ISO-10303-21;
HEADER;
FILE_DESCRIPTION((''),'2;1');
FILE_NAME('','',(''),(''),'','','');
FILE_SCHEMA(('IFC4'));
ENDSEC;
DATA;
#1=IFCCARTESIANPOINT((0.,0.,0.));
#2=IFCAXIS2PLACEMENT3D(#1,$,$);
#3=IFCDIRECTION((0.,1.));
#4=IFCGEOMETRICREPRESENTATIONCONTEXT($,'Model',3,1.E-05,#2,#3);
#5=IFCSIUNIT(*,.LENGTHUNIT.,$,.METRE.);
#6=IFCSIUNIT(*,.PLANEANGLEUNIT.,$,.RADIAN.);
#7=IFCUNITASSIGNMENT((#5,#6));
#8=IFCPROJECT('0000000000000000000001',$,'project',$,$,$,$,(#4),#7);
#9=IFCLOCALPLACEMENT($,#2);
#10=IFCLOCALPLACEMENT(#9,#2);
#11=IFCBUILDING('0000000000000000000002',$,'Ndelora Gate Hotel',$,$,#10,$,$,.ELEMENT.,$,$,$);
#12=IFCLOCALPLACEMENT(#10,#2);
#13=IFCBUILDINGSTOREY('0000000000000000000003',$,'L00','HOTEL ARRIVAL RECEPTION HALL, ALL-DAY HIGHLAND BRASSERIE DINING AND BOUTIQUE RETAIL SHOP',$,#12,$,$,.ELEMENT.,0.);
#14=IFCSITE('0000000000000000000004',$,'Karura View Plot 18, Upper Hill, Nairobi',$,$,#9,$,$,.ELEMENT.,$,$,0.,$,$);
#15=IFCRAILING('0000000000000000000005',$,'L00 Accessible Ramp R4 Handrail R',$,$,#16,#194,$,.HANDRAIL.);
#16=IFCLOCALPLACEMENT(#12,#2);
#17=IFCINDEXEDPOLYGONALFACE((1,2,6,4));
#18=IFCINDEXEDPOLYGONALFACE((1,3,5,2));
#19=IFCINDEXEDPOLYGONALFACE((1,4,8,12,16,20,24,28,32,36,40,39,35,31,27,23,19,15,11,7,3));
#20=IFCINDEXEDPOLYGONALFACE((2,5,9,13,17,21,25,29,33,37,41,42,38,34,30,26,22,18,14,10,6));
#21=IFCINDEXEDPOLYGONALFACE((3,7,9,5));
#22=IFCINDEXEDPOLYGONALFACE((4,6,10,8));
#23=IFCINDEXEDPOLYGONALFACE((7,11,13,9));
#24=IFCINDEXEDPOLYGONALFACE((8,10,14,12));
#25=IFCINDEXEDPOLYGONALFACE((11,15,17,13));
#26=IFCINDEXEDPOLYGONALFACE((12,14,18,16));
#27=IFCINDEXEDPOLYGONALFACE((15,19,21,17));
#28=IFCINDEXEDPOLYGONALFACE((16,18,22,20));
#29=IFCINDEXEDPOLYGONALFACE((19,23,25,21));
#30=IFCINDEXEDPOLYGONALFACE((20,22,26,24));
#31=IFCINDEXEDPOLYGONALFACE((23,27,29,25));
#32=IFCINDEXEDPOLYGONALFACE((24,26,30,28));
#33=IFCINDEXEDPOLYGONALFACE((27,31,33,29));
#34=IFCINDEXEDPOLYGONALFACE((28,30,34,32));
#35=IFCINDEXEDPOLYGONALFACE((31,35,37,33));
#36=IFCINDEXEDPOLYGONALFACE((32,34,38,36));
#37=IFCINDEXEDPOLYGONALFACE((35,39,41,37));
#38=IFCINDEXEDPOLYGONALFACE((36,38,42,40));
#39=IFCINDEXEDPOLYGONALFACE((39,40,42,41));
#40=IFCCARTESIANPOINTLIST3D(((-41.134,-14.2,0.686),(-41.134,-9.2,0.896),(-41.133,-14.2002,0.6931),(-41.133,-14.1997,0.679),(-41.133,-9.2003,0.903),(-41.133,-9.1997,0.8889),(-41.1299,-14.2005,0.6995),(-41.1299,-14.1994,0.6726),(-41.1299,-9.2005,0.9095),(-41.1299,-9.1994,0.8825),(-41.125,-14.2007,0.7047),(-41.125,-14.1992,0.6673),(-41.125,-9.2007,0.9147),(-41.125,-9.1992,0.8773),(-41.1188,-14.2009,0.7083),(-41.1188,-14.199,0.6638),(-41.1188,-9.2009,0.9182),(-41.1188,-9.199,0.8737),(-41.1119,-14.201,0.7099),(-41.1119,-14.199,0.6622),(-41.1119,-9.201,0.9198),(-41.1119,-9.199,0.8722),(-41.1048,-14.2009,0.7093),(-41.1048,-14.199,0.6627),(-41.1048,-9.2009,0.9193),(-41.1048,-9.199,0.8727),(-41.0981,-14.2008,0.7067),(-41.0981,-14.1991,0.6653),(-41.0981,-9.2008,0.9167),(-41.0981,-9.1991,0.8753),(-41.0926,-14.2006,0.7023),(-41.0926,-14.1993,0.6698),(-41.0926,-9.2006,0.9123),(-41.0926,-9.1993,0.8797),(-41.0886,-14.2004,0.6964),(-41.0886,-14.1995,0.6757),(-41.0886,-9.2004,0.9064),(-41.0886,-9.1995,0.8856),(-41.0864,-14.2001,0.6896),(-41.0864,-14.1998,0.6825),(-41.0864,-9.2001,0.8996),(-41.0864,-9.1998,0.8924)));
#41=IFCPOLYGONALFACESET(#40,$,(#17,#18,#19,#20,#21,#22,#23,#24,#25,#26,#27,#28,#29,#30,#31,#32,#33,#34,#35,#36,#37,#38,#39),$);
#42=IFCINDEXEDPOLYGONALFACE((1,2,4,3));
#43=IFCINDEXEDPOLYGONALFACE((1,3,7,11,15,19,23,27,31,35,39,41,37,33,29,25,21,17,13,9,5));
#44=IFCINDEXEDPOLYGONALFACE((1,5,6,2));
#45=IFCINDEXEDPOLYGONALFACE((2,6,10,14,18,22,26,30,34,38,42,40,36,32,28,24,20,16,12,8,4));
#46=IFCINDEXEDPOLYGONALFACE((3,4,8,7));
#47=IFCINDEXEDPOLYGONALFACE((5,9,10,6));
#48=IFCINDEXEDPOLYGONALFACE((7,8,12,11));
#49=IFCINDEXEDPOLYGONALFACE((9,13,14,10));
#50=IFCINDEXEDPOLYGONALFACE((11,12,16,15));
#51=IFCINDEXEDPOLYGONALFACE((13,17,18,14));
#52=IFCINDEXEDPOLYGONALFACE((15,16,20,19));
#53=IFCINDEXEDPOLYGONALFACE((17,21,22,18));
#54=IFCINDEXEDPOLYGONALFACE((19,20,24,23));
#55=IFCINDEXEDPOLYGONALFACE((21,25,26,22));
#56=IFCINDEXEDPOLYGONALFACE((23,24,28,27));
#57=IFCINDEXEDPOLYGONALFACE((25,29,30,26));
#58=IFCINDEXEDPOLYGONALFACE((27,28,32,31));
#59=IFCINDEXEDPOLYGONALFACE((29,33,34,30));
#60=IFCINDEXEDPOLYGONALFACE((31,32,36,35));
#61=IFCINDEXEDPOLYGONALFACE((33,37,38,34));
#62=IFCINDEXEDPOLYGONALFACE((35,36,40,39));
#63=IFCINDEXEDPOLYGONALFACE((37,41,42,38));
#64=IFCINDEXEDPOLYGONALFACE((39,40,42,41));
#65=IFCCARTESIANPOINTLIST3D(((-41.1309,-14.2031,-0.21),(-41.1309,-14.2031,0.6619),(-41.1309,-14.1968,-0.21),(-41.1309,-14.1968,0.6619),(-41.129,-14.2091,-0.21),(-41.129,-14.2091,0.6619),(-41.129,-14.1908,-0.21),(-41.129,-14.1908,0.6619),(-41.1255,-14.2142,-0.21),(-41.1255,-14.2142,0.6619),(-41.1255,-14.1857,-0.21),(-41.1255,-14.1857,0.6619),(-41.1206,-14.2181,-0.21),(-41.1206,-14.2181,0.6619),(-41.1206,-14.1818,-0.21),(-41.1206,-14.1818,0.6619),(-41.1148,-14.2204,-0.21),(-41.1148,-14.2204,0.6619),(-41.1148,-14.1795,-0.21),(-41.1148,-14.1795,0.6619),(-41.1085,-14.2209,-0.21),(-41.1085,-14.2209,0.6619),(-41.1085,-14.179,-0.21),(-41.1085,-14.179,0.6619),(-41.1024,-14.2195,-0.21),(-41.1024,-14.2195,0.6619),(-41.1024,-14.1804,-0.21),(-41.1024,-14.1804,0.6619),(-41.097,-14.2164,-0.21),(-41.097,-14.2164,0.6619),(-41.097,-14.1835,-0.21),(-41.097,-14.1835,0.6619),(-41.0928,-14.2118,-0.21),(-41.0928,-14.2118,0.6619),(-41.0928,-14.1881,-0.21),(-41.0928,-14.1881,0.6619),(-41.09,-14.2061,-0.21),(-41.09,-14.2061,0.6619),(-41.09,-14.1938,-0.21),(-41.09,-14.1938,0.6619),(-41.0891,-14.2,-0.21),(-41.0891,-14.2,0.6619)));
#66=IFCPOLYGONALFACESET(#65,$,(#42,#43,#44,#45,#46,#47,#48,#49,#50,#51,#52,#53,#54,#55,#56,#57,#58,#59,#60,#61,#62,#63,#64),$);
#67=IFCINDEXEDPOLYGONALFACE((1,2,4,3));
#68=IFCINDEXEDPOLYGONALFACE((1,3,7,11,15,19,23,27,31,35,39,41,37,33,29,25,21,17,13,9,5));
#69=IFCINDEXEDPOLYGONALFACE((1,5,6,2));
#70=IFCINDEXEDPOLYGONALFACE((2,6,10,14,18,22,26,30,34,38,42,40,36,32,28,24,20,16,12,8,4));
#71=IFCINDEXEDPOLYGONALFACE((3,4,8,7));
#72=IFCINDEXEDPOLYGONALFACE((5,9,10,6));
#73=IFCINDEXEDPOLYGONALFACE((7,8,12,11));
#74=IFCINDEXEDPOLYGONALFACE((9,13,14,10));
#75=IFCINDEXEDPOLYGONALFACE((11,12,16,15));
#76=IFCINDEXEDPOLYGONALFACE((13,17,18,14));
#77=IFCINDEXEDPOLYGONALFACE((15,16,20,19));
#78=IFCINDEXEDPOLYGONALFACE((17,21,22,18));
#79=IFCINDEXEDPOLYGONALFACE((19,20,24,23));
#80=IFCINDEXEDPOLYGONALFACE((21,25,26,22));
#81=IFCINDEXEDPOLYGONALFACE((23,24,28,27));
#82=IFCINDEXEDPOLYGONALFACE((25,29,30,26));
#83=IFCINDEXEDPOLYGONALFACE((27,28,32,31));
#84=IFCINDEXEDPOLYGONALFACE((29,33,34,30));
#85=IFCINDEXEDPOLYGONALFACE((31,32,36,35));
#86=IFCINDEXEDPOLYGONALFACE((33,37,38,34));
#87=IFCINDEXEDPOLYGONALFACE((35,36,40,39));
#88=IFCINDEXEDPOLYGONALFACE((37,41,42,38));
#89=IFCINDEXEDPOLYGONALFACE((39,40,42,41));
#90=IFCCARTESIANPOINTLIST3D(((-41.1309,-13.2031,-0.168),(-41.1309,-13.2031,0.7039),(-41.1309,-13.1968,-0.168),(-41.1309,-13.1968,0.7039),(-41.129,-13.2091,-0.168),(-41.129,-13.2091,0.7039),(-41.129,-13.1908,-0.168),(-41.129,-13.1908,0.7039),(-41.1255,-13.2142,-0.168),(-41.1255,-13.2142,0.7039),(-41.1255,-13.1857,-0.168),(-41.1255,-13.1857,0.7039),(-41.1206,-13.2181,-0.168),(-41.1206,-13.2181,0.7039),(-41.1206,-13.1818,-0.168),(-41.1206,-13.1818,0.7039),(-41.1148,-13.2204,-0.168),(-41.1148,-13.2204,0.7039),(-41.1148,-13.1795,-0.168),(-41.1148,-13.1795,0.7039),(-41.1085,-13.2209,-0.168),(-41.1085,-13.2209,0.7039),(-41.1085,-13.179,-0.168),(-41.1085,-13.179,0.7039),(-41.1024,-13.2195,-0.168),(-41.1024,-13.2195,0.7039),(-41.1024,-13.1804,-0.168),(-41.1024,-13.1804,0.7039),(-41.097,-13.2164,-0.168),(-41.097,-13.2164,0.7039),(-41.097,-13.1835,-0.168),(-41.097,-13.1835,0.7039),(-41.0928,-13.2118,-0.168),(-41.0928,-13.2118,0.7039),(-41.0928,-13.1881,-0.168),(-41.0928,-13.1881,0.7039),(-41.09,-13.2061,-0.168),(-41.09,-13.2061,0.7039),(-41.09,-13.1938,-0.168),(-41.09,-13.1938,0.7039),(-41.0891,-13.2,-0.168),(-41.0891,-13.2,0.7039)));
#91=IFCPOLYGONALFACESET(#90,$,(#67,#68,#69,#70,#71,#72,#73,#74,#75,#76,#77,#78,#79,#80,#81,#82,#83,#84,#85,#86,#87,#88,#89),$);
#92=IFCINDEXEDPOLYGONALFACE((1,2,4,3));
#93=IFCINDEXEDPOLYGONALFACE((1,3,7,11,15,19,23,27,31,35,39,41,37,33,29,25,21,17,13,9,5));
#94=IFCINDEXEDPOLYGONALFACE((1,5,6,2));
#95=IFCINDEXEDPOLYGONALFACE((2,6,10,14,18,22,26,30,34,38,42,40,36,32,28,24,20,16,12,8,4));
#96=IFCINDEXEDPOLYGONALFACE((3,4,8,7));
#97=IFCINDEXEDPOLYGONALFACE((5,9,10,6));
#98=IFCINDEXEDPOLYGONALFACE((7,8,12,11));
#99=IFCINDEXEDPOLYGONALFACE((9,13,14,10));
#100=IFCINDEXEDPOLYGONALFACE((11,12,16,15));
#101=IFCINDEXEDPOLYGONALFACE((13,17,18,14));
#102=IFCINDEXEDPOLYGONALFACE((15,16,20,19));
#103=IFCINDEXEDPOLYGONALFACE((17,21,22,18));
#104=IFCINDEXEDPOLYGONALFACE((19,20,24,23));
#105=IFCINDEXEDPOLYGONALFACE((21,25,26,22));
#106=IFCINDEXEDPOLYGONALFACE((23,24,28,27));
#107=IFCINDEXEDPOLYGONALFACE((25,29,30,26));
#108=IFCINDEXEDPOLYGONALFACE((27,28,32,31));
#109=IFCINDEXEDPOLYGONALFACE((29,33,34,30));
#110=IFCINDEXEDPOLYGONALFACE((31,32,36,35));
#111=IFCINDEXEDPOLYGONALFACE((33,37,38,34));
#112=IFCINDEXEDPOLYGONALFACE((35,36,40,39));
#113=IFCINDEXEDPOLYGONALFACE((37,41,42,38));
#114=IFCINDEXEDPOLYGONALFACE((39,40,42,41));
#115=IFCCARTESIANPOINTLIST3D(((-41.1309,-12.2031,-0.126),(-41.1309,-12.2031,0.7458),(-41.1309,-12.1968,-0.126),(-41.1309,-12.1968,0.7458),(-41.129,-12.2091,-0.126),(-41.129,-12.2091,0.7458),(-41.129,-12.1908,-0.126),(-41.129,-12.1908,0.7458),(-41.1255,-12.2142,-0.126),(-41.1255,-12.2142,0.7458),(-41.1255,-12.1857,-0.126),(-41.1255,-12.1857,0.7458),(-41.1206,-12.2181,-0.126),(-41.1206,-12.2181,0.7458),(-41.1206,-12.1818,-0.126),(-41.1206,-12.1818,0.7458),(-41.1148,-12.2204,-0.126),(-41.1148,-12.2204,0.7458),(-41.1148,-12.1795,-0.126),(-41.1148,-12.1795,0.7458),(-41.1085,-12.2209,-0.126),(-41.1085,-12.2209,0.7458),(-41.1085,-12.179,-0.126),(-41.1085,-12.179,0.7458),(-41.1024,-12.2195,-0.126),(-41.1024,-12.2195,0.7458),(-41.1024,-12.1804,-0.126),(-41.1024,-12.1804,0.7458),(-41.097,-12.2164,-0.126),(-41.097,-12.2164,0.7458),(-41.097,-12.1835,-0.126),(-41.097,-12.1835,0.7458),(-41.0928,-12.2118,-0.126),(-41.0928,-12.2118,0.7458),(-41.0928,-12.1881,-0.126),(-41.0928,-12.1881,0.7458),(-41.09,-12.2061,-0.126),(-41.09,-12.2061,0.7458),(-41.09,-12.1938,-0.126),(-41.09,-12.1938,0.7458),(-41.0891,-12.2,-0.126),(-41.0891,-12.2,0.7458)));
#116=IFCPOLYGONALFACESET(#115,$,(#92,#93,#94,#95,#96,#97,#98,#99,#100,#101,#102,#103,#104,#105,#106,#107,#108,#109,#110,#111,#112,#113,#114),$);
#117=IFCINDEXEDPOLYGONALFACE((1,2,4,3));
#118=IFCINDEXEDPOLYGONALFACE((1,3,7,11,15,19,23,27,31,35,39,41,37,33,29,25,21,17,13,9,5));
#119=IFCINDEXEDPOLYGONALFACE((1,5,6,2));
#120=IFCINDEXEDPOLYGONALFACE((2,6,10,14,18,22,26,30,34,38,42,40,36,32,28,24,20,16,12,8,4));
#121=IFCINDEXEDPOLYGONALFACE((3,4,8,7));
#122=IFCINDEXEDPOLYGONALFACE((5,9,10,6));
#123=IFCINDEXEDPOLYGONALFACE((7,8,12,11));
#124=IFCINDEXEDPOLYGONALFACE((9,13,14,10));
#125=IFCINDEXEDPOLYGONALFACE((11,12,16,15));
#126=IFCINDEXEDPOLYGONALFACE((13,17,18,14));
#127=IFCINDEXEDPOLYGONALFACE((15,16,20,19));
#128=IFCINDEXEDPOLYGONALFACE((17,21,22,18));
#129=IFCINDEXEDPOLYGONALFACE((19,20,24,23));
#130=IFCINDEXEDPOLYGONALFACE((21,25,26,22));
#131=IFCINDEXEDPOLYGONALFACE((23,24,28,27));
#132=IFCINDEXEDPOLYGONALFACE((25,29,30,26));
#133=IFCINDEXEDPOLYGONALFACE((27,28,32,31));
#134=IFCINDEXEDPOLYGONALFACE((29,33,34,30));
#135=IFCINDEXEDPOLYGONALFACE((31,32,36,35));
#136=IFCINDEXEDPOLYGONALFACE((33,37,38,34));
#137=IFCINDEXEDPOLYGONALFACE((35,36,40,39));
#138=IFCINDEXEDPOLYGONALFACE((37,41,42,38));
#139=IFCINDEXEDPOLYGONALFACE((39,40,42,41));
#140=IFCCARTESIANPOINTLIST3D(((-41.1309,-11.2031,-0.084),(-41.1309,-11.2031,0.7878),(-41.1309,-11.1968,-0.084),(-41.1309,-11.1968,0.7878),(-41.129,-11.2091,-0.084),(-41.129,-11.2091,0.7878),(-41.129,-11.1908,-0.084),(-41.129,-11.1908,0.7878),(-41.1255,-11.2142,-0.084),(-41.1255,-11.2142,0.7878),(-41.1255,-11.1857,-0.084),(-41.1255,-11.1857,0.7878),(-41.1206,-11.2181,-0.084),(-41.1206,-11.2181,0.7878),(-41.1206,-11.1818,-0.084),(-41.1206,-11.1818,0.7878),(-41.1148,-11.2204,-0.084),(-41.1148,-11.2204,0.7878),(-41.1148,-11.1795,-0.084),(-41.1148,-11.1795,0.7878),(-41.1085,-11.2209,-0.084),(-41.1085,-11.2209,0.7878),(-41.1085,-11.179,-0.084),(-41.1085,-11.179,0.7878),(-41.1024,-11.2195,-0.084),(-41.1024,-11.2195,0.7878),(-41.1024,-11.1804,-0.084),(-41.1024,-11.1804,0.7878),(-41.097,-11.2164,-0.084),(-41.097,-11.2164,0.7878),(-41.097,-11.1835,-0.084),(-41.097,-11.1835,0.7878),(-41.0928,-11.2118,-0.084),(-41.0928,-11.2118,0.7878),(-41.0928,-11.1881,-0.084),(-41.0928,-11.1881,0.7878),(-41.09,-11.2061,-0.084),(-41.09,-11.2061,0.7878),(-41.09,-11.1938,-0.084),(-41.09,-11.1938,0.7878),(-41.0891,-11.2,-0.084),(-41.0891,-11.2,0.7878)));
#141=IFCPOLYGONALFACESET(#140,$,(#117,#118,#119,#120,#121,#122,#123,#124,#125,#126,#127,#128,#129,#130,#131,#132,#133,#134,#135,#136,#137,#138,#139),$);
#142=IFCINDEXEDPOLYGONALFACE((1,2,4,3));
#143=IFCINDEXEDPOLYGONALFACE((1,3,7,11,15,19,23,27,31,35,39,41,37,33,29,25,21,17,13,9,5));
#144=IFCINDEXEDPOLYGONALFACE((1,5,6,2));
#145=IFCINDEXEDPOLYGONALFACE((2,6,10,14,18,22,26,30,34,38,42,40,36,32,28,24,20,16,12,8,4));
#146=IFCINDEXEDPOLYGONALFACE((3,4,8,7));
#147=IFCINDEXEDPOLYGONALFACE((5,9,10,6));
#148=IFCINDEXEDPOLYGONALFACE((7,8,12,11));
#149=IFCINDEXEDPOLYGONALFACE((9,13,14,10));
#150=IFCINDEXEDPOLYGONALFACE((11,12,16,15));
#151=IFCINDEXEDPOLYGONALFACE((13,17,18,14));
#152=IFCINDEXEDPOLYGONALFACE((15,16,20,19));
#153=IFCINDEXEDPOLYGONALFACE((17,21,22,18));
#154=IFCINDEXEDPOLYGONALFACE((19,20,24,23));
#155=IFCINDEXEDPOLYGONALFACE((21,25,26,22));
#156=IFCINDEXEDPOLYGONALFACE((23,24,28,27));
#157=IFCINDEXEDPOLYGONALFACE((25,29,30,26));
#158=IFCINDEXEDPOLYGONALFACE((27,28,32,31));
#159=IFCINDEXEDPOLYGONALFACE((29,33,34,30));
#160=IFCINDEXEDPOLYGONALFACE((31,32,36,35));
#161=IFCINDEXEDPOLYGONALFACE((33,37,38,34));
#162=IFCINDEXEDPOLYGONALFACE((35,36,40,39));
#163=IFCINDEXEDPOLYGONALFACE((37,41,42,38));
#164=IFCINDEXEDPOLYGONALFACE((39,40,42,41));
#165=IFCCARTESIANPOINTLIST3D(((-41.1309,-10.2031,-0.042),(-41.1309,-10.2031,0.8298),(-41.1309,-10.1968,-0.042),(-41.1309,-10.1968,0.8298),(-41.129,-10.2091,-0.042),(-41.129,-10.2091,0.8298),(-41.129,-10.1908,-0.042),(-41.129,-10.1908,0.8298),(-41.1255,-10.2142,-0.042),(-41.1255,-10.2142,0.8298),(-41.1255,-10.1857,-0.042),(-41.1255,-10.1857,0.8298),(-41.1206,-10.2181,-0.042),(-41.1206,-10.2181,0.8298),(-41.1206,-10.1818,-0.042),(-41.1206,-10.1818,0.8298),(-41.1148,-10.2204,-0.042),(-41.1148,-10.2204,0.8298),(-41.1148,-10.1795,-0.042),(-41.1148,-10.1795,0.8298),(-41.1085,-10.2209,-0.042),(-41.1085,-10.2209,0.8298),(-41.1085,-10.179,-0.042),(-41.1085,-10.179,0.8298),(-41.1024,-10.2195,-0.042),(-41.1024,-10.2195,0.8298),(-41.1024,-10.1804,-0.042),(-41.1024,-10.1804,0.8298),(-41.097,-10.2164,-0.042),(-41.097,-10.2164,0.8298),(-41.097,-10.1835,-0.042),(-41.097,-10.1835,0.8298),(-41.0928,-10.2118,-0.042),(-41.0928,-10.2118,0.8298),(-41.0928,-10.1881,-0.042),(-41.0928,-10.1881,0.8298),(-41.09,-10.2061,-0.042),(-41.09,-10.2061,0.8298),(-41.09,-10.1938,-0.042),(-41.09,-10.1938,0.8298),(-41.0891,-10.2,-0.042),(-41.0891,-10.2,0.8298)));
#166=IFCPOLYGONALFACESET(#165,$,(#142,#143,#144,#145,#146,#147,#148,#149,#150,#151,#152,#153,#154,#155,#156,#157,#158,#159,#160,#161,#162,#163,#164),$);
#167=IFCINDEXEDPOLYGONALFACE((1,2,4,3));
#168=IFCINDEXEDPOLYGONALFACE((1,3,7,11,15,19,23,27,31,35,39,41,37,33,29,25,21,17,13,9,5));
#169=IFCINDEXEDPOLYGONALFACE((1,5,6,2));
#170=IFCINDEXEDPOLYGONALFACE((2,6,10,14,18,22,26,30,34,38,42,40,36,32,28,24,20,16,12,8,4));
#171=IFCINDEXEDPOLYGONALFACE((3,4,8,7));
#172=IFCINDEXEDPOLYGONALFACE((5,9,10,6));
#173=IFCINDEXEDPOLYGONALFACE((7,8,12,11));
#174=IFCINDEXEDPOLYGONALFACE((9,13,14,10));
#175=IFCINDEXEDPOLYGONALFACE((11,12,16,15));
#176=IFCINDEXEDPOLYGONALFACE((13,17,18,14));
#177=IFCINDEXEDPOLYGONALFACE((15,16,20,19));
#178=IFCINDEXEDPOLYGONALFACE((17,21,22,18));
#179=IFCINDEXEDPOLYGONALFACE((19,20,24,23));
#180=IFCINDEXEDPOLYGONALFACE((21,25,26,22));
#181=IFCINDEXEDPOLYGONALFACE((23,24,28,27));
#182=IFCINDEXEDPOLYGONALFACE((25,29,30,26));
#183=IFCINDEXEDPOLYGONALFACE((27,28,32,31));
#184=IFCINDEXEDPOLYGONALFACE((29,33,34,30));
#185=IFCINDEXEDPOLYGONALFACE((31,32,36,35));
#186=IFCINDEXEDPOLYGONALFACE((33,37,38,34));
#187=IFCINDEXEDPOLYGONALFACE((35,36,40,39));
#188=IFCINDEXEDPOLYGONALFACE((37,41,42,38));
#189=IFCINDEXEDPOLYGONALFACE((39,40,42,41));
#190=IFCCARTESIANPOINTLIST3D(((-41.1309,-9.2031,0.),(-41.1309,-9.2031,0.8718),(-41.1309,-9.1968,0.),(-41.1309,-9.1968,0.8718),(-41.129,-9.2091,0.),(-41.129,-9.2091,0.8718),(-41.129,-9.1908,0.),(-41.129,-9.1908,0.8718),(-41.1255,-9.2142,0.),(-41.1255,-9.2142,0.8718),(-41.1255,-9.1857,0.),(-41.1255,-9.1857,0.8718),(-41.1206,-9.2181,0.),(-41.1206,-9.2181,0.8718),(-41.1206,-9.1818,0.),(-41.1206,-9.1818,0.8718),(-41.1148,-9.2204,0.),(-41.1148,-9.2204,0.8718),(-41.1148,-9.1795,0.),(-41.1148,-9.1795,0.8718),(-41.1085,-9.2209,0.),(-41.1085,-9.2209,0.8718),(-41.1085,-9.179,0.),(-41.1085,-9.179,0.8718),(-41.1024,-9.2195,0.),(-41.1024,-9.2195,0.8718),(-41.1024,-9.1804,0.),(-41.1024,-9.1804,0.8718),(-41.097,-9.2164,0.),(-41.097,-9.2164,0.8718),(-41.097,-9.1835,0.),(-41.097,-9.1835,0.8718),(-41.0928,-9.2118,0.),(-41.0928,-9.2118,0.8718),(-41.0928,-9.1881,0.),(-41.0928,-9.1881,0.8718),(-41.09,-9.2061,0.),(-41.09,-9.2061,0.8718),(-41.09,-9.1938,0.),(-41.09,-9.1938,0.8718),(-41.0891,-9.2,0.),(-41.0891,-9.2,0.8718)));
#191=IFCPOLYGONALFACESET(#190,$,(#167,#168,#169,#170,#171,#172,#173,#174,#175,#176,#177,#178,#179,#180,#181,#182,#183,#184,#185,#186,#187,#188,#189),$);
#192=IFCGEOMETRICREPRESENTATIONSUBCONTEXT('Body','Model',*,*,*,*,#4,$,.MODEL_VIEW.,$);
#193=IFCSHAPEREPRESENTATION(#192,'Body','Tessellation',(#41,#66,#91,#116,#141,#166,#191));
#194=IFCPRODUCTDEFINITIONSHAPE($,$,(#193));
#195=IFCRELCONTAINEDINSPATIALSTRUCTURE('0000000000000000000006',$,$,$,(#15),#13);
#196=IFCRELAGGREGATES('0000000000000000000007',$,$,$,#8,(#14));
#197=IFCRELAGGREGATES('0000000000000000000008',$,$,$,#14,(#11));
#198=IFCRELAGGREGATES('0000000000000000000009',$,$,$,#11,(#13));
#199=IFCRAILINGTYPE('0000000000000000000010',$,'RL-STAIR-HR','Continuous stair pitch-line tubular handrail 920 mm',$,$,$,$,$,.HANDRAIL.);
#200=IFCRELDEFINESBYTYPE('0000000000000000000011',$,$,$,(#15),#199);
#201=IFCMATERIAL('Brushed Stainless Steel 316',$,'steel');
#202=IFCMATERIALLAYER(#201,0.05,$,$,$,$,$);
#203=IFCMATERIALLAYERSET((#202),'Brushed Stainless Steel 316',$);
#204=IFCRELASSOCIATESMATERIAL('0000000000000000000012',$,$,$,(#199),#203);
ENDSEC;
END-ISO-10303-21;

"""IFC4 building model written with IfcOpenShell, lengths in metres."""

from ifc_helpers import new_model, si_unit, direction, frame, origin, origin_2d, place, context, subcontext, project, spatial, circle, extrude, material, layer, layer_set, type_object, element, save


model = new_model("IFC4")

# Units and contexts
model_context = context("Model", 3, precision=1e-05, world=origin(), true_north=direction((0.0, 1.0)))
body_context = subcontext(model_context, "Body", "Model", "MODEL_VIEW")
ifc_project = project(units=[si_unit("LENGTHUNIT", "METRE"), si_unit("PLANEANGLEUNIT", "RADIAN")], contexts=[model_context])

# Site, building, storey
site_placement = place(None, origin())
site = spatial("IfcSite", under=ifc_project, at=site_placement, Name="Karura View Plot 18, Upper Hill, Nairobi", CompositionType="ELEMENT", RefElevation=0.0)
building_placement = place(site_placement, origin())
building = spatial("IfcBuilding", under=site, at=building_placement, Name="Ndelora Gate Hotel", CompositionType="ELEMENT")
storey_placement = place(building_placement, origin())
storey = spatial("IfcBuildingStorey", under=building, at=storey_placement, Name="L00", Description="HOTEL ARRIVAL RECEPTION HALL, ALL-DAY HIGHLAND BRASSERIE DINING AND BOUTIQUE RETAIL SHOP", CompositionType="ELEMENT", Elevation=0.0)

# Railing
ifc_material_1 = material(Name="Brushed Stainless Steel 316", Category="steel")
ifc_layer_1 = layer(ifc_material_1, 0.05)
ifc_layer_set_1 = layer_set([ifc_layer_1], Name="Brushed Stainless Steel 316")
railing_type = type_object("IfcRailingType", Name="RL-STAIR-HR", Description="Continuous stair pitch-line tubular handrail 920 mm", PredefinedType="HANDRAIL", material=ifc_layer_set_1)
for number, where, name in (
    (1, (-41.1101, -14.2, -0.21), "L00 Accessible Ramp R4 Handrail R"),
):
    element("IfcRailing", number, at=place(storey_placement, frame(where)), inside=storey, type_object=railing_type, Name=name, PredefinedType="HANDRAIL", context=body_context, shape_type="SweptSolid", body=[
        extrude(circle(Radius=0.0239, at=origin_2d()), frame((0.0, 0.0, 0.896), z_axis=(0.0, 0.999119, 0.041955), x_axis=(-1.0, 0.0, 0.0)), (0.0, 0.0, 1.0), 5.0044),
        extrude(circle(Radius=0.021, at=origin_2d()), origin(), (0.0, 0.0, 1.0), 0.8718),
        extrude(circle(Radius=0.021, at=origin_2d()), frame((0.0, 1.0, 0.042)), (0.0, 0.0, 1.0), 0.8718),
        extrude(circle(Radius=0.021, at=origin_2d()), frame((0.0, 2.0, 0.084)), (0.0, 0.0, 1.0), 0.8718),
        extrude(circle(Radius=0.021, at=origin_2d()), frame((0.0, 3.0, 0.126)), (0.0, 0.0, 1.0), 0.8718),
        extrude(circle(Radius=0.021, at=origin_2d()), frame((0.0, 4.0, 0.168)), (0.0, 0.0, 1.0), 0.8718),
        extrude(circle(Radius=0.021, at=origin_2d()), frame((0.0, 5.0, 0.21)), (0.0, 0.0, 1.0), 0.8718),
    ])

save(model, "model.ifc")
